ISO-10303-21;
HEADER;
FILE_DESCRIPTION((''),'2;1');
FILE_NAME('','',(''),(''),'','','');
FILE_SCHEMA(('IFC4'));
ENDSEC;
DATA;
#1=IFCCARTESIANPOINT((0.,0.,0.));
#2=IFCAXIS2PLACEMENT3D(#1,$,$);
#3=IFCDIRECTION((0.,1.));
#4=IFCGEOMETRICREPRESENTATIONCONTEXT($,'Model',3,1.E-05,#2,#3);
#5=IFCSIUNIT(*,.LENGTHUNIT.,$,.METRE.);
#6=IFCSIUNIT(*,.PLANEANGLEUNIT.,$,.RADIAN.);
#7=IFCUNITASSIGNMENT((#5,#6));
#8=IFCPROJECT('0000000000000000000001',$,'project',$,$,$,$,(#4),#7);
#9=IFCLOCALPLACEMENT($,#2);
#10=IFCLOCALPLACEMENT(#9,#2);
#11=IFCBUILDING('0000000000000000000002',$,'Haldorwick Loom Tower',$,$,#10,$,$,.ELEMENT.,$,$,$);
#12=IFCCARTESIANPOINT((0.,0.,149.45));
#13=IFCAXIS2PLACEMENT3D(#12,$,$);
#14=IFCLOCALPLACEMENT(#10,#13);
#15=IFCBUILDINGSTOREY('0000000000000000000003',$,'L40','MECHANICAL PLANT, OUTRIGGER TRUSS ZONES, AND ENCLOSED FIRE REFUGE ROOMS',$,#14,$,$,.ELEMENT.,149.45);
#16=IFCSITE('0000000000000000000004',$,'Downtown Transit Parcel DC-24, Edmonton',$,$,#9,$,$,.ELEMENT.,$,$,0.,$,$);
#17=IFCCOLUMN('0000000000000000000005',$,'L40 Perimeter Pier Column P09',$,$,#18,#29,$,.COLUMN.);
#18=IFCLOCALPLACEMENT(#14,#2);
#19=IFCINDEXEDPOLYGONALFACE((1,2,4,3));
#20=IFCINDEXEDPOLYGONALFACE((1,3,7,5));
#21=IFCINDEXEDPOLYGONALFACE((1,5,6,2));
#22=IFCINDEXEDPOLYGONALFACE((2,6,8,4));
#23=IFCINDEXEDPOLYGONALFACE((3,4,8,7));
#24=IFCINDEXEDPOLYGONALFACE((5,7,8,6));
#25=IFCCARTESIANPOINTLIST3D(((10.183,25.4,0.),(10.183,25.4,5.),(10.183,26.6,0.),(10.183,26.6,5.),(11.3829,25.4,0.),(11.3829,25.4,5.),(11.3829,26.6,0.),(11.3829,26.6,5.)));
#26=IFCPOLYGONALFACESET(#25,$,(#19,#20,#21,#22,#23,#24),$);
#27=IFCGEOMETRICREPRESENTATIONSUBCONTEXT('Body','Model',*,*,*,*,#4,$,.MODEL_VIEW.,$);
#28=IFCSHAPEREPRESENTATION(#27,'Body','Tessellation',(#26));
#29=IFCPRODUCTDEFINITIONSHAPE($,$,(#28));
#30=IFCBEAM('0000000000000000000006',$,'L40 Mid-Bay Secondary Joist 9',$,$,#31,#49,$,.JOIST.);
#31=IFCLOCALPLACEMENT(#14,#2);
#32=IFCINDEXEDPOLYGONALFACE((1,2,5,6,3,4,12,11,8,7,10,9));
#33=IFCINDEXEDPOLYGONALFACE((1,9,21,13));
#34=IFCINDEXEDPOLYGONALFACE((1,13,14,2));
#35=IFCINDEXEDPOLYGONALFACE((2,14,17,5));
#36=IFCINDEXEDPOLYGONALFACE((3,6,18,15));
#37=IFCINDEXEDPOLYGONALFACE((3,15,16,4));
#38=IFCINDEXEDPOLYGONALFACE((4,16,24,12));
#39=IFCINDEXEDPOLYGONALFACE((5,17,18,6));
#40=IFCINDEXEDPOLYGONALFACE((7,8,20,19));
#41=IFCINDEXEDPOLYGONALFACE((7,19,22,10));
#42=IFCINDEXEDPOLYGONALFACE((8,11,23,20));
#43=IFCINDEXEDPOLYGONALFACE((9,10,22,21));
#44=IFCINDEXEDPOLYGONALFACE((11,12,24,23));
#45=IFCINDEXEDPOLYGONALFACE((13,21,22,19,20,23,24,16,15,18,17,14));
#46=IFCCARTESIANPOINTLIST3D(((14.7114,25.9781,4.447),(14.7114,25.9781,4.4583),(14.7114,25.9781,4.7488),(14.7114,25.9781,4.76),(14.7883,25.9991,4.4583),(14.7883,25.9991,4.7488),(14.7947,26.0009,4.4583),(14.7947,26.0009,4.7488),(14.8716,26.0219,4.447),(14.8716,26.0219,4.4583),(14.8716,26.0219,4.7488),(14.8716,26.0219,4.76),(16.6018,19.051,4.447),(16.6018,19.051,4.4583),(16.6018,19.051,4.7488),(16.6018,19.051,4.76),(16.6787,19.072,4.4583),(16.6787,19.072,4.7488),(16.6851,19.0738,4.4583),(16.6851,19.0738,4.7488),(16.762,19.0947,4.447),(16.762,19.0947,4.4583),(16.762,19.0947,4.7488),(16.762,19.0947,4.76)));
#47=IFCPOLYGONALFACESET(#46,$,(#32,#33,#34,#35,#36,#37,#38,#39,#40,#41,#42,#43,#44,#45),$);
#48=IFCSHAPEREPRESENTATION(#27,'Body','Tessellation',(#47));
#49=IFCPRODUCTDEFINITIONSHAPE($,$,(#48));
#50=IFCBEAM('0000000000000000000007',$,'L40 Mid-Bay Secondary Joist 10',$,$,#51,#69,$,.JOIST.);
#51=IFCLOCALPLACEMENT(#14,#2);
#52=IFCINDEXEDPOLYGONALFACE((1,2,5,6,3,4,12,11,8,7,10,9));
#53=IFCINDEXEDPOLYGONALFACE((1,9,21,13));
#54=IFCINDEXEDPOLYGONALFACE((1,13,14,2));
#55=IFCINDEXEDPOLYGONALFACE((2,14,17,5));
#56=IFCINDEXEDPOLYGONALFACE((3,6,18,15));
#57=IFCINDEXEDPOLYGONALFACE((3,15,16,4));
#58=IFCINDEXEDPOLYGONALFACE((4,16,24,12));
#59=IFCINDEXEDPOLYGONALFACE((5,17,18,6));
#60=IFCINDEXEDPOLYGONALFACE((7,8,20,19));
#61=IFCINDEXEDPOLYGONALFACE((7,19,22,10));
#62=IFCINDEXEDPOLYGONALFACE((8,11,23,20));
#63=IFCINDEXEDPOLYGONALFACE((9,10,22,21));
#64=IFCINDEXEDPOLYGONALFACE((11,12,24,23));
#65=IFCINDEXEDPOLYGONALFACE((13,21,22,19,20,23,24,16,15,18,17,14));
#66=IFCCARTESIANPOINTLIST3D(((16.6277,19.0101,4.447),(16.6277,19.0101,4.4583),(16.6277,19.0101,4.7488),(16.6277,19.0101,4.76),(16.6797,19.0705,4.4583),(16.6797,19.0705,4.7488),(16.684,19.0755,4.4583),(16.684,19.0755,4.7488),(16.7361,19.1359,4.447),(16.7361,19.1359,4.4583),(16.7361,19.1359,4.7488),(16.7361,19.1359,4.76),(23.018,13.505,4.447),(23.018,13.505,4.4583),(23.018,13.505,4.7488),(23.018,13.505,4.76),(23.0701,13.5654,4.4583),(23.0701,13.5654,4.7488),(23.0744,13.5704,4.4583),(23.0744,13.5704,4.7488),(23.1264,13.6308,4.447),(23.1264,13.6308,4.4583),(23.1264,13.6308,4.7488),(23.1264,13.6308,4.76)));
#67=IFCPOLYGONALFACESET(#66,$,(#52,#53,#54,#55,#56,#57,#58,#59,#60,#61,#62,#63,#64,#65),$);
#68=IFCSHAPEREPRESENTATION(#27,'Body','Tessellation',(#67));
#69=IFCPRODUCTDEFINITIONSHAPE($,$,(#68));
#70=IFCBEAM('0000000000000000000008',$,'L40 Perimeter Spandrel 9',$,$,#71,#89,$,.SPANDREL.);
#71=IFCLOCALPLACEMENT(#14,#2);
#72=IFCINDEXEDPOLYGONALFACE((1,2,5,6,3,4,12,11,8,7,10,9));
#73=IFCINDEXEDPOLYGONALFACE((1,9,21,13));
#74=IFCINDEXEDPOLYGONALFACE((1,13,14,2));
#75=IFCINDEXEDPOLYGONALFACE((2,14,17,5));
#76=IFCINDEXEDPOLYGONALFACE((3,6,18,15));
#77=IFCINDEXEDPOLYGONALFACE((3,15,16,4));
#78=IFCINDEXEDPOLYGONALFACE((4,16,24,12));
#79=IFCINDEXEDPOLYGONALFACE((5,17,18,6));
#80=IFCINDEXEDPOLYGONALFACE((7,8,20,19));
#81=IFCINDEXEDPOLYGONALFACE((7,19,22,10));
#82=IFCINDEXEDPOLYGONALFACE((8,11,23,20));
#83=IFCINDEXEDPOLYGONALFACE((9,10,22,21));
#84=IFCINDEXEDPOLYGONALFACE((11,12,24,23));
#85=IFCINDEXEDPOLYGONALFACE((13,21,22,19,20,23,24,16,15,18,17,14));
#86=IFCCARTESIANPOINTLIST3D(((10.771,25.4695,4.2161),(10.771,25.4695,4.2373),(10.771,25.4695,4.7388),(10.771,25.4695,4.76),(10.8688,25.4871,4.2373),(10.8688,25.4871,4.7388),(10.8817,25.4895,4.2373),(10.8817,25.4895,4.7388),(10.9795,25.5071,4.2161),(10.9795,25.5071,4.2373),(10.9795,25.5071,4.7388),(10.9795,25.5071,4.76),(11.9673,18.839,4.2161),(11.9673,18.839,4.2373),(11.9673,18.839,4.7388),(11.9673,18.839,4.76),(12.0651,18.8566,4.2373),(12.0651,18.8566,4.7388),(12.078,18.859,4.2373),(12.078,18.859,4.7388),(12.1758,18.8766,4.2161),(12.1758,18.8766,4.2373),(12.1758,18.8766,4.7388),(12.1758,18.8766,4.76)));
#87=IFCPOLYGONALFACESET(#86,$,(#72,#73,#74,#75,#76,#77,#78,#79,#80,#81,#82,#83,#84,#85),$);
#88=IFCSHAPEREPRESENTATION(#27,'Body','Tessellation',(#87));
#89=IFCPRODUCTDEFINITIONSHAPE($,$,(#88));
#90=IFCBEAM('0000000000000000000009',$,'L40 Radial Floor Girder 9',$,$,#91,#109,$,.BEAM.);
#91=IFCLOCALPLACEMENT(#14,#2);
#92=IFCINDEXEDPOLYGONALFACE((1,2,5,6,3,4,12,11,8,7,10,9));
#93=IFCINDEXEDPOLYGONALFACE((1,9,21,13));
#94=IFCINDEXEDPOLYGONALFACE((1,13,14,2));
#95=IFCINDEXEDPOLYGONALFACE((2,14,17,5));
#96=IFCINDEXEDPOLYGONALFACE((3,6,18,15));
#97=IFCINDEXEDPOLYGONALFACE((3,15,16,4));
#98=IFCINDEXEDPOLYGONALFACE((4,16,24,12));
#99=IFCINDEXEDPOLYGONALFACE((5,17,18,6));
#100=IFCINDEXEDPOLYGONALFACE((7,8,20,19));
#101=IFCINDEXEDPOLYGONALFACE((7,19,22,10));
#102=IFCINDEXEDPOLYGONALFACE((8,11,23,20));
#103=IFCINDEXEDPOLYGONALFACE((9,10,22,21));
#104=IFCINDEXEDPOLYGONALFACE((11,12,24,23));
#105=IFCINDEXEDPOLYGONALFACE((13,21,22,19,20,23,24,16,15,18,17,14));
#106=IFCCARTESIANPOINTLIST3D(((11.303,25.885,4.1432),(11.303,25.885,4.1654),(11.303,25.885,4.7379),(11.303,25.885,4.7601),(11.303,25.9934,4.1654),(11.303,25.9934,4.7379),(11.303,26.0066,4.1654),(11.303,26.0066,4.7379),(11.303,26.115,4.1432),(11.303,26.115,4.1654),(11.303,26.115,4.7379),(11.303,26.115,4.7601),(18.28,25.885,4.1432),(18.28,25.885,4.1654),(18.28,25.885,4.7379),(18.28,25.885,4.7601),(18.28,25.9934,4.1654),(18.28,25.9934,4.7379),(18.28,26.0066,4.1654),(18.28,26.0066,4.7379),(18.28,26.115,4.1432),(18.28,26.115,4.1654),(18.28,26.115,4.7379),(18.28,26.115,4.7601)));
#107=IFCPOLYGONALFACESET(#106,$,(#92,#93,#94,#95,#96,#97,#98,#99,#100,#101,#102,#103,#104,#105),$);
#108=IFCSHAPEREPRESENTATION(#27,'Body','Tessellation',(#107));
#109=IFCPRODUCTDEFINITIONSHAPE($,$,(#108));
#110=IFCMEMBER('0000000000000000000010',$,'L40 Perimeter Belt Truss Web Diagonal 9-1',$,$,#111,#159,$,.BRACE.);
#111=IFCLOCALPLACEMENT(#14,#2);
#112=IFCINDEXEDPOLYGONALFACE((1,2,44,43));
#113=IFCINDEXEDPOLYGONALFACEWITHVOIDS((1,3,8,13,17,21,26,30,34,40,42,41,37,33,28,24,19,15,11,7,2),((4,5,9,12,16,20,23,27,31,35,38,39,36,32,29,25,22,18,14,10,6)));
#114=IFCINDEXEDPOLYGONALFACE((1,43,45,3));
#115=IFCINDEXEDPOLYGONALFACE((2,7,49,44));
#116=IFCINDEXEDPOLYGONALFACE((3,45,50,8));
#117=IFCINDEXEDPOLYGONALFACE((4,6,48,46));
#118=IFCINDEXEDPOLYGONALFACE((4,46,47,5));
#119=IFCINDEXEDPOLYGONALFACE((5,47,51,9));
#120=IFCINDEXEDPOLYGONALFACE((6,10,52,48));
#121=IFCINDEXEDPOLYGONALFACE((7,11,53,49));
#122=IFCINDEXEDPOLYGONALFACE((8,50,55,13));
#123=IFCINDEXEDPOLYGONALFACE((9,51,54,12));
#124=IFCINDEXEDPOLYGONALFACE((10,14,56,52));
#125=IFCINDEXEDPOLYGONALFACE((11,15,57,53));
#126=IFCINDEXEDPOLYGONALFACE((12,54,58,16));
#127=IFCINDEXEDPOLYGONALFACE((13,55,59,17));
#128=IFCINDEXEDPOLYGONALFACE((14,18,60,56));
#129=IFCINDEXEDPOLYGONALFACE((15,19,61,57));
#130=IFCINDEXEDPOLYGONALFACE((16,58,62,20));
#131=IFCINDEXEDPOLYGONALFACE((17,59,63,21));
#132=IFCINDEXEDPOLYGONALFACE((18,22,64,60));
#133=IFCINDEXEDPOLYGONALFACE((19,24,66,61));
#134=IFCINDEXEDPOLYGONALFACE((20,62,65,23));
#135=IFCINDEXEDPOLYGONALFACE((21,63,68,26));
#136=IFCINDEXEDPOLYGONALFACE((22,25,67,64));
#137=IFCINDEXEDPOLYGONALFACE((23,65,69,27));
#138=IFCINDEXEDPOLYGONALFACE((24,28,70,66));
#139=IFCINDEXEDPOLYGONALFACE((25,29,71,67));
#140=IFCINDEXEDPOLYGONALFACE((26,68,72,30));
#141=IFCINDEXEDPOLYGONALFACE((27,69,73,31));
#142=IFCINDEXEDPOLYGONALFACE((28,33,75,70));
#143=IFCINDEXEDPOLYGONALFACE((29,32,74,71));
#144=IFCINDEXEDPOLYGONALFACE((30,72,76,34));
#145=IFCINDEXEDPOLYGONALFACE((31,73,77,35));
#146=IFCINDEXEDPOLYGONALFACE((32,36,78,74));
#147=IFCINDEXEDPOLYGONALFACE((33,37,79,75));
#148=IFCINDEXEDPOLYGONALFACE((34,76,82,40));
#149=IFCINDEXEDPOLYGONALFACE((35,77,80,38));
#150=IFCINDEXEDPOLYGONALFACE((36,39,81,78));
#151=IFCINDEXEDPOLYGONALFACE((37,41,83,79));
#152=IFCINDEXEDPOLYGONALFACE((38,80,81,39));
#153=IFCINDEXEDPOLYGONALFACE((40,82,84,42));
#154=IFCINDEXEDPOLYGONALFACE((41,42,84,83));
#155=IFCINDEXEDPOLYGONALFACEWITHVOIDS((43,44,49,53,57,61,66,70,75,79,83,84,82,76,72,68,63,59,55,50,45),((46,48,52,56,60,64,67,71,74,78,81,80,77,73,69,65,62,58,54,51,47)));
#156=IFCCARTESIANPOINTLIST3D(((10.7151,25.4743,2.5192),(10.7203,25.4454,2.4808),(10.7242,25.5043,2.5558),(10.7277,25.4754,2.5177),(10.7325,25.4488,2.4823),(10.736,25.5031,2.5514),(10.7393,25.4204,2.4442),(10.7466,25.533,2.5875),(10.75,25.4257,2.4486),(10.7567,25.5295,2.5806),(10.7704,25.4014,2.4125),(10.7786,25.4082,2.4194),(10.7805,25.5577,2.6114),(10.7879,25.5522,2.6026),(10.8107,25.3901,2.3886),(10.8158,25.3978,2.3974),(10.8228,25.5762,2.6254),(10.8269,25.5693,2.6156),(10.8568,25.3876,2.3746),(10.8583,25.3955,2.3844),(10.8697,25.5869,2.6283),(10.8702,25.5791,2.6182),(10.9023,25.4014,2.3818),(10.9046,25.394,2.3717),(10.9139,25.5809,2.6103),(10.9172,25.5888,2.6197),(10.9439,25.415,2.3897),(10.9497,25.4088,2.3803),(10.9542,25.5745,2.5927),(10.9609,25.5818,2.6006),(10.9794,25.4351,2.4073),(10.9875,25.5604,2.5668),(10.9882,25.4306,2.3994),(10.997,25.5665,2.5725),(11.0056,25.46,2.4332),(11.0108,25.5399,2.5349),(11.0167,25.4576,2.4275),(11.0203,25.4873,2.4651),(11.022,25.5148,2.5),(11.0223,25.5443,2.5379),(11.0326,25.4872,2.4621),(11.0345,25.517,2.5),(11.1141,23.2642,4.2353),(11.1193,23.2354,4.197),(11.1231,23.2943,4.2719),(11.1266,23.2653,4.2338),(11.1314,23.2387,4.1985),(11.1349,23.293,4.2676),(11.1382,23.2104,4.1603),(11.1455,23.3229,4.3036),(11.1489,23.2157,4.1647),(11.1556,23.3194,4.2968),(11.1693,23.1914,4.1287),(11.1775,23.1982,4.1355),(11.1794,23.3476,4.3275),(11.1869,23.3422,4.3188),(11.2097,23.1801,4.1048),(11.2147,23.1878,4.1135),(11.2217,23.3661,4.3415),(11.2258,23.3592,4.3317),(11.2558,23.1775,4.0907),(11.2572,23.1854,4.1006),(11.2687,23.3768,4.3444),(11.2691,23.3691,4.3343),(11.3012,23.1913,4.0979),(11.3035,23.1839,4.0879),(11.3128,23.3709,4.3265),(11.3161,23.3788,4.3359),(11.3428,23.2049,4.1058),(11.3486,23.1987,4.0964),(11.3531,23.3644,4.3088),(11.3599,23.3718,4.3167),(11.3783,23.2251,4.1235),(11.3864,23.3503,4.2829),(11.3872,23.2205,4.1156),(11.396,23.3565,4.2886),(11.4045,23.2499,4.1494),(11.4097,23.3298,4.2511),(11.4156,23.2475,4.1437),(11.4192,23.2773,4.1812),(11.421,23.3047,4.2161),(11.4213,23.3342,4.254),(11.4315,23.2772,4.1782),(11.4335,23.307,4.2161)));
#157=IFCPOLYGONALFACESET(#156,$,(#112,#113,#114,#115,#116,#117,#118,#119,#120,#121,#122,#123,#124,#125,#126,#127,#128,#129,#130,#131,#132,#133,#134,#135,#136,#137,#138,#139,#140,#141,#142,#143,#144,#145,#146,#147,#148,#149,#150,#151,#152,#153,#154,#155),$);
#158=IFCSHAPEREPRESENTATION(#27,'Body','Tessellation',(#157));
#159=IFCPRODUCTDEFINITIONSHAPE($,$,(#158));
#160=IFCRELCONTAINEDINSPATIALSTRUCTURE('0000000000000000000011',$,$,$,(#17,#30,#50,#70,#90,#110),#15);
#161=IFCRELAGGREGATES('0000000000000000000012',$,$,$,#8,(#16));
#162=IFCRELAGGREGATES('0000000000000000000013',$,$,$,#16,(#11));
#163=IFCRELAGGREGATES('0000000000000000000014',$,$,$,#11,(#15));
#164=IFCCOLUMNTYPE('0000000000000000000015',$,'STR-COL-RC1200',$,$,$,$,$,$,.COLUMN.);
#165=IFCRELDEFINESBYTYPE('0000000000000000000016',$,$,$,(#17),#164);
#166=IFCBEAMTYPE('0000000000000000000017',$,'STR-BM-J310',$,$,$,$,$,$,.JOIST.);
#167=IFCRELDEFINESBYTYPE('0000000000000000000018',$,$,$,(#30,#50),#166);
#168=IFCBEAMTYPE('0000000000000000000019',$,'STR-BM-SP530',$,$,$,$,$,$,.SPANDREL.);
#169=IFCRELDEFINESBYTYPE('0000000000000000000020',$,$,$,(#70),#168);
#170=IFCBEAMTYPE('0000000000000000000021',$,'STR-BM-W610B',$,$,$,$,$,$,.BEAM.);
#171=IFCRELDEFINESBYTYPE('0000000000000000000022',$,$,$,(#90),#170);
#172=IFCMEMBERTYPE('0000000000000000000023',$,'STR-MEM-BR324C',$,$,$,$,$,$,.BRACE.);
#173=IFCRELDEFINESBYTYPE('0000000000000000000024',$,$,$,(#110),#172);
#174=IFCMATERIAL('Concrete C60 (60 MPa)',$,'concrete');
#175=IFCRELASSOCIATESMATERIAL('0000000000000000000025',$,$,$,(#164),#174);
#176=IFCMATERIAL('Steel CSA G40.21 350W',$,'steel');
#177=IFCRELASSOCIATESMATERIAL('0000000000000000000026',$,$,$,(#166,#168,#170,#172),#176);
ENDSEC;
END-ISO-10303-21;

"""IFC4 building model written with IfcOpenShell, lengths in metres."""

from ifc_helpers import new_model, si_unit, direction, frame, origin, origin_2d, place, context, subcontext, project, spatial, rectangle, hollow_circle, i_section, extrude, material, material_profile, profile_set, type_object, element, save


model = new_model("IFC4")

# Units and contexts
model_context = context("Model", 3, precision=1e-05, world=origin(), true_north=direction((0.0, 1.0)))
body_context = subcontext(model_context, "Body", "Model", "MODEL_VIEW")
ifc_project = project(units=[si_unit("LENGTHUNIT", "METRE"), si_unit("PLANEANGLEUNIT", "RADIAN")], contexts=[model_context])

# Site, building, storey
site_placement = place(None, origin())
site = spatial("IfcSite", under=ifc_project, at=site_placement, Name="Downtown Transit Parcel DC-24, Edmonton", CompositionType="ELEMENT", RefElevation=0.0)
building_placement = place(site_placement, origin())
building = spatial("IfcBuilding", under=site, at=building_placement, Name="Haldorwick Loom Tower", CompositionType="ELEMENT")
storey_placement = place(building_placement, frame((0.0, 0.0, 149.45)))
storey = spatial("IfcBuildingStorey", under=building, at=storey_placement, Name="L40", Description="MECHANICAL PLANT, OUTRIGGER TRUSS ZONES, AND ENCLOSED FIRE REFUGE ROOMS", CompositionType="ELEMENT", Elevation=149.45)

# Column
ifc_material_1 = material(Name="Concrete C60 (60 MPa)", Category="concrete")
ifc_material_profile_1 = material_profile(ifc_material_1, rectangle(XDim=1.2, YDim=1.2, at=origin_2d()), Name="RC1200X1200", Category="concrete")
ifc_profile_set_1 = profile_set([ifc_material_profile_1], Name="Concrete C60 (60 MPa)")
column_type = type_object("IfcColumnType", Name="STR-COL-RC1200", PredefinedType="COLUMN", material=ifc_profile_set_1)
column_placement = place(storey_placement, frame((10.783, 26.0, 0.0), z_axis=(0.0, 0.0, 1.0), x_axis=(-1.0, 0.0, 0.0)))
element("IfcColumn", 1, at=column_placement, inside=storey, type_object=column_type, Name="L40 Perimeter Pier Column P09", PredefinedType="COLUMN", context=body_context, shape_type="SweptSolid", body=[
    extrude(rectangle(XDim=1.2, YDim=1.2, at=origin_2d()), origin(), (0.0, 0.0, 1.0), 5.0),
])

# Beams
ifc_material_2 = material(Name="Steel CSA G40.21 350W", Category="steel")
ifc_material_profile_2 = material_profile(ifc_material_2, i_section(OverallWidth=0.166, OverallDepth=0.313, WebThickness=0.0066, FlangeThickness=0.0112, at=origin_2d()), Name="W310X45", Category="steel")
ifc_profile_set_2 = profile_set([ifc_material_profile_2], Name="Steel CSA G40.21 350W")
beam_type_1 = type_object("IfcBeamType", Name="STR-BM-J310", PredefinedType="JOIST", material=ifc_profile_set_2)
beam_1_placement = place(storey_placement, frame((14.7915, 26.0, 4.6035), z_axis=(0.263273, -0.964721, 0.0), x_axis=(0.964721, 0.263273, 0.0)))
element("IfcBeam", 2, at=beam_1_placement, inside=storey, type_object=beam_type_1, Name="L40 Mid-Bay Secondary Joist 9", PredefinedType="JOIST", context=body_context, shape_type="SweptSolid", body=[
    extrude(i_section(OverallWidth=0.166, OverallDepth=0.313, WebThickness=0.0066, FlangeThickness=0.0112, at=origin_2d()), origin(), (0.0, 0.0, 1.0), 7.1804),
])
beam_2_placement = place(storey_placement, frame((16.6819, 19.073, 4.6035), z_axis=(0.757634, -0.65268, 0.0), x_axis=(0.65268, 0.757634, 0.0)))
element("IfcBeam", 3, at=beam_2_placement, inside=storey, type_object=beam_type_1, Name="L40 Mid-Bay Secondary Joist 10", PredefinedType="JOIST", context=body_context, shape_type="SweptSolid", body=[
    extrude(i_section(OverallWidth=0.166, OverallDepth=0.313, WebThickness=0.0066, FlangeThickness=0.0112, at=origin_2d()), origin(), (0.0, 0.0, 1.0), 8.4346),
])
ifc_material_profile_3 = material_profile(ifc_material_2, i_section(OverallWidth=0.2119, OverallDepth=0.5439, WebThickness=0.0132, FlangeThickness=0.0212, at=origin_2d()), Name="W530X123", Category="steel")
ifc_profile_set_3 = profile_set([ifc_material_profile_3], Name="Steel CSA G40.21 350W")
beam_type_2 = type_object("IfcBeamType", Name="STR-BM-SP530", PredefinedType="SPANDREL", material=ifc_profile_set_3)
beam_3_placement = place(storey_placement, frame((10.8752, 25.4883, 4.488), z_axis=(0.177559, -0.98411, 0.0), x_axis=(0.98411, 0.177559, 0.0)))
element("IfcBeam", 4, at=beam_3_placement, inside=storey, type_object=beam_type_2, Name="L40 Perimeter Spandrel 9", PredefinedType="SPANDREL", context=body_context, shape_type="SweptSolid", body=[
    extrude(i_section(OverallWidth=0.2119, OverallDepth=0.5439, WebThickness=0.0132, FlangeThickness=0.0212, at=origin_2d()), origin(), (0.0, 0.0, 1.0), 6.7375),
])
ifc_material_profile_4 = material_profile(ifc_material_2, i_section(OverallWidth=0.23, OverallDepth=0.6169, WebThickness=0.0132, FlangeThickness=0.0222, at=origin_2d()), Name="W610X140", Category="steel")
ifc_profile_set_4 = profile_set([ifc_material_profile_4], Name="Steel CSA G40.21 350W")
beam_type_3 = type_object("IfcBeamType", Name="STR-BM-W610B", PredefinedType="BEAM", material=ifc_profile_set_4)
beam_4_placement = place(storey_placement, frame((18.28, 26.0, 4.4517), z_axis=(-1.0, 0.0, 0.0), x_axis=(0.0, -1.0, 0.0)))
element("IfcBeam", 5, at=beam_4_placement, inside=storey, type_object=beam_type_3, Name="L40 Radial Floor Girder 9", PredefinedType="BEAM", context=body_context, shape_type="SweptSolid", body=[
    extrude(i_section(OverallWidth=0.23, OverallDepth=0.6169, WebThickness=0.0132, FlangeThickness=0.0222, at=origin_2d()), origin(), (0.0, 0.0, 1.0), 6.9771),
])

# Member
ifc_material_profile_5 = material_profile(ifc_material_2, hollow_circle(Radius=0.1619, WallThickness=0.0127, at=origin_2d()), Name="HSS324X13", Category="steel")
ifc_profile_set_5 = profile_set([ifc_material_profile_5], Name="Steel CSA G40.21 350W")
member_type_1 = type_object("IfcMemberType", Name="STR-MEM-BR324C", PredefinedType="BRACE", material=ifc_profile_set_5)
for number, where, z_axis, x_axis, name in (
    (6, (10.8752, 25.4883, 2.5), (0.141148, -0.781928, 0.607178), (0.984095, 0.177642, 0.0), "L40 Perimeter Belt Truss Web Diagonal 9-1"),
):
    element("IfcMember", number, at=place(storey_placement, frame(where, z_axis=z_axis, x_axis=x_axis)), inside=storey, type_object=member_type_1, Name=name, PredefinedType="BRACE", context=body_context, shape_type="SweptSolid", body=[
        extrude(hollow_circle(Radius=0.1619, WallThickness=0.0127, at=origin_2d()), origin(), (0.0, 0.0, 1.0), 2.8264),
    ])

save(model, "model.ifc")
